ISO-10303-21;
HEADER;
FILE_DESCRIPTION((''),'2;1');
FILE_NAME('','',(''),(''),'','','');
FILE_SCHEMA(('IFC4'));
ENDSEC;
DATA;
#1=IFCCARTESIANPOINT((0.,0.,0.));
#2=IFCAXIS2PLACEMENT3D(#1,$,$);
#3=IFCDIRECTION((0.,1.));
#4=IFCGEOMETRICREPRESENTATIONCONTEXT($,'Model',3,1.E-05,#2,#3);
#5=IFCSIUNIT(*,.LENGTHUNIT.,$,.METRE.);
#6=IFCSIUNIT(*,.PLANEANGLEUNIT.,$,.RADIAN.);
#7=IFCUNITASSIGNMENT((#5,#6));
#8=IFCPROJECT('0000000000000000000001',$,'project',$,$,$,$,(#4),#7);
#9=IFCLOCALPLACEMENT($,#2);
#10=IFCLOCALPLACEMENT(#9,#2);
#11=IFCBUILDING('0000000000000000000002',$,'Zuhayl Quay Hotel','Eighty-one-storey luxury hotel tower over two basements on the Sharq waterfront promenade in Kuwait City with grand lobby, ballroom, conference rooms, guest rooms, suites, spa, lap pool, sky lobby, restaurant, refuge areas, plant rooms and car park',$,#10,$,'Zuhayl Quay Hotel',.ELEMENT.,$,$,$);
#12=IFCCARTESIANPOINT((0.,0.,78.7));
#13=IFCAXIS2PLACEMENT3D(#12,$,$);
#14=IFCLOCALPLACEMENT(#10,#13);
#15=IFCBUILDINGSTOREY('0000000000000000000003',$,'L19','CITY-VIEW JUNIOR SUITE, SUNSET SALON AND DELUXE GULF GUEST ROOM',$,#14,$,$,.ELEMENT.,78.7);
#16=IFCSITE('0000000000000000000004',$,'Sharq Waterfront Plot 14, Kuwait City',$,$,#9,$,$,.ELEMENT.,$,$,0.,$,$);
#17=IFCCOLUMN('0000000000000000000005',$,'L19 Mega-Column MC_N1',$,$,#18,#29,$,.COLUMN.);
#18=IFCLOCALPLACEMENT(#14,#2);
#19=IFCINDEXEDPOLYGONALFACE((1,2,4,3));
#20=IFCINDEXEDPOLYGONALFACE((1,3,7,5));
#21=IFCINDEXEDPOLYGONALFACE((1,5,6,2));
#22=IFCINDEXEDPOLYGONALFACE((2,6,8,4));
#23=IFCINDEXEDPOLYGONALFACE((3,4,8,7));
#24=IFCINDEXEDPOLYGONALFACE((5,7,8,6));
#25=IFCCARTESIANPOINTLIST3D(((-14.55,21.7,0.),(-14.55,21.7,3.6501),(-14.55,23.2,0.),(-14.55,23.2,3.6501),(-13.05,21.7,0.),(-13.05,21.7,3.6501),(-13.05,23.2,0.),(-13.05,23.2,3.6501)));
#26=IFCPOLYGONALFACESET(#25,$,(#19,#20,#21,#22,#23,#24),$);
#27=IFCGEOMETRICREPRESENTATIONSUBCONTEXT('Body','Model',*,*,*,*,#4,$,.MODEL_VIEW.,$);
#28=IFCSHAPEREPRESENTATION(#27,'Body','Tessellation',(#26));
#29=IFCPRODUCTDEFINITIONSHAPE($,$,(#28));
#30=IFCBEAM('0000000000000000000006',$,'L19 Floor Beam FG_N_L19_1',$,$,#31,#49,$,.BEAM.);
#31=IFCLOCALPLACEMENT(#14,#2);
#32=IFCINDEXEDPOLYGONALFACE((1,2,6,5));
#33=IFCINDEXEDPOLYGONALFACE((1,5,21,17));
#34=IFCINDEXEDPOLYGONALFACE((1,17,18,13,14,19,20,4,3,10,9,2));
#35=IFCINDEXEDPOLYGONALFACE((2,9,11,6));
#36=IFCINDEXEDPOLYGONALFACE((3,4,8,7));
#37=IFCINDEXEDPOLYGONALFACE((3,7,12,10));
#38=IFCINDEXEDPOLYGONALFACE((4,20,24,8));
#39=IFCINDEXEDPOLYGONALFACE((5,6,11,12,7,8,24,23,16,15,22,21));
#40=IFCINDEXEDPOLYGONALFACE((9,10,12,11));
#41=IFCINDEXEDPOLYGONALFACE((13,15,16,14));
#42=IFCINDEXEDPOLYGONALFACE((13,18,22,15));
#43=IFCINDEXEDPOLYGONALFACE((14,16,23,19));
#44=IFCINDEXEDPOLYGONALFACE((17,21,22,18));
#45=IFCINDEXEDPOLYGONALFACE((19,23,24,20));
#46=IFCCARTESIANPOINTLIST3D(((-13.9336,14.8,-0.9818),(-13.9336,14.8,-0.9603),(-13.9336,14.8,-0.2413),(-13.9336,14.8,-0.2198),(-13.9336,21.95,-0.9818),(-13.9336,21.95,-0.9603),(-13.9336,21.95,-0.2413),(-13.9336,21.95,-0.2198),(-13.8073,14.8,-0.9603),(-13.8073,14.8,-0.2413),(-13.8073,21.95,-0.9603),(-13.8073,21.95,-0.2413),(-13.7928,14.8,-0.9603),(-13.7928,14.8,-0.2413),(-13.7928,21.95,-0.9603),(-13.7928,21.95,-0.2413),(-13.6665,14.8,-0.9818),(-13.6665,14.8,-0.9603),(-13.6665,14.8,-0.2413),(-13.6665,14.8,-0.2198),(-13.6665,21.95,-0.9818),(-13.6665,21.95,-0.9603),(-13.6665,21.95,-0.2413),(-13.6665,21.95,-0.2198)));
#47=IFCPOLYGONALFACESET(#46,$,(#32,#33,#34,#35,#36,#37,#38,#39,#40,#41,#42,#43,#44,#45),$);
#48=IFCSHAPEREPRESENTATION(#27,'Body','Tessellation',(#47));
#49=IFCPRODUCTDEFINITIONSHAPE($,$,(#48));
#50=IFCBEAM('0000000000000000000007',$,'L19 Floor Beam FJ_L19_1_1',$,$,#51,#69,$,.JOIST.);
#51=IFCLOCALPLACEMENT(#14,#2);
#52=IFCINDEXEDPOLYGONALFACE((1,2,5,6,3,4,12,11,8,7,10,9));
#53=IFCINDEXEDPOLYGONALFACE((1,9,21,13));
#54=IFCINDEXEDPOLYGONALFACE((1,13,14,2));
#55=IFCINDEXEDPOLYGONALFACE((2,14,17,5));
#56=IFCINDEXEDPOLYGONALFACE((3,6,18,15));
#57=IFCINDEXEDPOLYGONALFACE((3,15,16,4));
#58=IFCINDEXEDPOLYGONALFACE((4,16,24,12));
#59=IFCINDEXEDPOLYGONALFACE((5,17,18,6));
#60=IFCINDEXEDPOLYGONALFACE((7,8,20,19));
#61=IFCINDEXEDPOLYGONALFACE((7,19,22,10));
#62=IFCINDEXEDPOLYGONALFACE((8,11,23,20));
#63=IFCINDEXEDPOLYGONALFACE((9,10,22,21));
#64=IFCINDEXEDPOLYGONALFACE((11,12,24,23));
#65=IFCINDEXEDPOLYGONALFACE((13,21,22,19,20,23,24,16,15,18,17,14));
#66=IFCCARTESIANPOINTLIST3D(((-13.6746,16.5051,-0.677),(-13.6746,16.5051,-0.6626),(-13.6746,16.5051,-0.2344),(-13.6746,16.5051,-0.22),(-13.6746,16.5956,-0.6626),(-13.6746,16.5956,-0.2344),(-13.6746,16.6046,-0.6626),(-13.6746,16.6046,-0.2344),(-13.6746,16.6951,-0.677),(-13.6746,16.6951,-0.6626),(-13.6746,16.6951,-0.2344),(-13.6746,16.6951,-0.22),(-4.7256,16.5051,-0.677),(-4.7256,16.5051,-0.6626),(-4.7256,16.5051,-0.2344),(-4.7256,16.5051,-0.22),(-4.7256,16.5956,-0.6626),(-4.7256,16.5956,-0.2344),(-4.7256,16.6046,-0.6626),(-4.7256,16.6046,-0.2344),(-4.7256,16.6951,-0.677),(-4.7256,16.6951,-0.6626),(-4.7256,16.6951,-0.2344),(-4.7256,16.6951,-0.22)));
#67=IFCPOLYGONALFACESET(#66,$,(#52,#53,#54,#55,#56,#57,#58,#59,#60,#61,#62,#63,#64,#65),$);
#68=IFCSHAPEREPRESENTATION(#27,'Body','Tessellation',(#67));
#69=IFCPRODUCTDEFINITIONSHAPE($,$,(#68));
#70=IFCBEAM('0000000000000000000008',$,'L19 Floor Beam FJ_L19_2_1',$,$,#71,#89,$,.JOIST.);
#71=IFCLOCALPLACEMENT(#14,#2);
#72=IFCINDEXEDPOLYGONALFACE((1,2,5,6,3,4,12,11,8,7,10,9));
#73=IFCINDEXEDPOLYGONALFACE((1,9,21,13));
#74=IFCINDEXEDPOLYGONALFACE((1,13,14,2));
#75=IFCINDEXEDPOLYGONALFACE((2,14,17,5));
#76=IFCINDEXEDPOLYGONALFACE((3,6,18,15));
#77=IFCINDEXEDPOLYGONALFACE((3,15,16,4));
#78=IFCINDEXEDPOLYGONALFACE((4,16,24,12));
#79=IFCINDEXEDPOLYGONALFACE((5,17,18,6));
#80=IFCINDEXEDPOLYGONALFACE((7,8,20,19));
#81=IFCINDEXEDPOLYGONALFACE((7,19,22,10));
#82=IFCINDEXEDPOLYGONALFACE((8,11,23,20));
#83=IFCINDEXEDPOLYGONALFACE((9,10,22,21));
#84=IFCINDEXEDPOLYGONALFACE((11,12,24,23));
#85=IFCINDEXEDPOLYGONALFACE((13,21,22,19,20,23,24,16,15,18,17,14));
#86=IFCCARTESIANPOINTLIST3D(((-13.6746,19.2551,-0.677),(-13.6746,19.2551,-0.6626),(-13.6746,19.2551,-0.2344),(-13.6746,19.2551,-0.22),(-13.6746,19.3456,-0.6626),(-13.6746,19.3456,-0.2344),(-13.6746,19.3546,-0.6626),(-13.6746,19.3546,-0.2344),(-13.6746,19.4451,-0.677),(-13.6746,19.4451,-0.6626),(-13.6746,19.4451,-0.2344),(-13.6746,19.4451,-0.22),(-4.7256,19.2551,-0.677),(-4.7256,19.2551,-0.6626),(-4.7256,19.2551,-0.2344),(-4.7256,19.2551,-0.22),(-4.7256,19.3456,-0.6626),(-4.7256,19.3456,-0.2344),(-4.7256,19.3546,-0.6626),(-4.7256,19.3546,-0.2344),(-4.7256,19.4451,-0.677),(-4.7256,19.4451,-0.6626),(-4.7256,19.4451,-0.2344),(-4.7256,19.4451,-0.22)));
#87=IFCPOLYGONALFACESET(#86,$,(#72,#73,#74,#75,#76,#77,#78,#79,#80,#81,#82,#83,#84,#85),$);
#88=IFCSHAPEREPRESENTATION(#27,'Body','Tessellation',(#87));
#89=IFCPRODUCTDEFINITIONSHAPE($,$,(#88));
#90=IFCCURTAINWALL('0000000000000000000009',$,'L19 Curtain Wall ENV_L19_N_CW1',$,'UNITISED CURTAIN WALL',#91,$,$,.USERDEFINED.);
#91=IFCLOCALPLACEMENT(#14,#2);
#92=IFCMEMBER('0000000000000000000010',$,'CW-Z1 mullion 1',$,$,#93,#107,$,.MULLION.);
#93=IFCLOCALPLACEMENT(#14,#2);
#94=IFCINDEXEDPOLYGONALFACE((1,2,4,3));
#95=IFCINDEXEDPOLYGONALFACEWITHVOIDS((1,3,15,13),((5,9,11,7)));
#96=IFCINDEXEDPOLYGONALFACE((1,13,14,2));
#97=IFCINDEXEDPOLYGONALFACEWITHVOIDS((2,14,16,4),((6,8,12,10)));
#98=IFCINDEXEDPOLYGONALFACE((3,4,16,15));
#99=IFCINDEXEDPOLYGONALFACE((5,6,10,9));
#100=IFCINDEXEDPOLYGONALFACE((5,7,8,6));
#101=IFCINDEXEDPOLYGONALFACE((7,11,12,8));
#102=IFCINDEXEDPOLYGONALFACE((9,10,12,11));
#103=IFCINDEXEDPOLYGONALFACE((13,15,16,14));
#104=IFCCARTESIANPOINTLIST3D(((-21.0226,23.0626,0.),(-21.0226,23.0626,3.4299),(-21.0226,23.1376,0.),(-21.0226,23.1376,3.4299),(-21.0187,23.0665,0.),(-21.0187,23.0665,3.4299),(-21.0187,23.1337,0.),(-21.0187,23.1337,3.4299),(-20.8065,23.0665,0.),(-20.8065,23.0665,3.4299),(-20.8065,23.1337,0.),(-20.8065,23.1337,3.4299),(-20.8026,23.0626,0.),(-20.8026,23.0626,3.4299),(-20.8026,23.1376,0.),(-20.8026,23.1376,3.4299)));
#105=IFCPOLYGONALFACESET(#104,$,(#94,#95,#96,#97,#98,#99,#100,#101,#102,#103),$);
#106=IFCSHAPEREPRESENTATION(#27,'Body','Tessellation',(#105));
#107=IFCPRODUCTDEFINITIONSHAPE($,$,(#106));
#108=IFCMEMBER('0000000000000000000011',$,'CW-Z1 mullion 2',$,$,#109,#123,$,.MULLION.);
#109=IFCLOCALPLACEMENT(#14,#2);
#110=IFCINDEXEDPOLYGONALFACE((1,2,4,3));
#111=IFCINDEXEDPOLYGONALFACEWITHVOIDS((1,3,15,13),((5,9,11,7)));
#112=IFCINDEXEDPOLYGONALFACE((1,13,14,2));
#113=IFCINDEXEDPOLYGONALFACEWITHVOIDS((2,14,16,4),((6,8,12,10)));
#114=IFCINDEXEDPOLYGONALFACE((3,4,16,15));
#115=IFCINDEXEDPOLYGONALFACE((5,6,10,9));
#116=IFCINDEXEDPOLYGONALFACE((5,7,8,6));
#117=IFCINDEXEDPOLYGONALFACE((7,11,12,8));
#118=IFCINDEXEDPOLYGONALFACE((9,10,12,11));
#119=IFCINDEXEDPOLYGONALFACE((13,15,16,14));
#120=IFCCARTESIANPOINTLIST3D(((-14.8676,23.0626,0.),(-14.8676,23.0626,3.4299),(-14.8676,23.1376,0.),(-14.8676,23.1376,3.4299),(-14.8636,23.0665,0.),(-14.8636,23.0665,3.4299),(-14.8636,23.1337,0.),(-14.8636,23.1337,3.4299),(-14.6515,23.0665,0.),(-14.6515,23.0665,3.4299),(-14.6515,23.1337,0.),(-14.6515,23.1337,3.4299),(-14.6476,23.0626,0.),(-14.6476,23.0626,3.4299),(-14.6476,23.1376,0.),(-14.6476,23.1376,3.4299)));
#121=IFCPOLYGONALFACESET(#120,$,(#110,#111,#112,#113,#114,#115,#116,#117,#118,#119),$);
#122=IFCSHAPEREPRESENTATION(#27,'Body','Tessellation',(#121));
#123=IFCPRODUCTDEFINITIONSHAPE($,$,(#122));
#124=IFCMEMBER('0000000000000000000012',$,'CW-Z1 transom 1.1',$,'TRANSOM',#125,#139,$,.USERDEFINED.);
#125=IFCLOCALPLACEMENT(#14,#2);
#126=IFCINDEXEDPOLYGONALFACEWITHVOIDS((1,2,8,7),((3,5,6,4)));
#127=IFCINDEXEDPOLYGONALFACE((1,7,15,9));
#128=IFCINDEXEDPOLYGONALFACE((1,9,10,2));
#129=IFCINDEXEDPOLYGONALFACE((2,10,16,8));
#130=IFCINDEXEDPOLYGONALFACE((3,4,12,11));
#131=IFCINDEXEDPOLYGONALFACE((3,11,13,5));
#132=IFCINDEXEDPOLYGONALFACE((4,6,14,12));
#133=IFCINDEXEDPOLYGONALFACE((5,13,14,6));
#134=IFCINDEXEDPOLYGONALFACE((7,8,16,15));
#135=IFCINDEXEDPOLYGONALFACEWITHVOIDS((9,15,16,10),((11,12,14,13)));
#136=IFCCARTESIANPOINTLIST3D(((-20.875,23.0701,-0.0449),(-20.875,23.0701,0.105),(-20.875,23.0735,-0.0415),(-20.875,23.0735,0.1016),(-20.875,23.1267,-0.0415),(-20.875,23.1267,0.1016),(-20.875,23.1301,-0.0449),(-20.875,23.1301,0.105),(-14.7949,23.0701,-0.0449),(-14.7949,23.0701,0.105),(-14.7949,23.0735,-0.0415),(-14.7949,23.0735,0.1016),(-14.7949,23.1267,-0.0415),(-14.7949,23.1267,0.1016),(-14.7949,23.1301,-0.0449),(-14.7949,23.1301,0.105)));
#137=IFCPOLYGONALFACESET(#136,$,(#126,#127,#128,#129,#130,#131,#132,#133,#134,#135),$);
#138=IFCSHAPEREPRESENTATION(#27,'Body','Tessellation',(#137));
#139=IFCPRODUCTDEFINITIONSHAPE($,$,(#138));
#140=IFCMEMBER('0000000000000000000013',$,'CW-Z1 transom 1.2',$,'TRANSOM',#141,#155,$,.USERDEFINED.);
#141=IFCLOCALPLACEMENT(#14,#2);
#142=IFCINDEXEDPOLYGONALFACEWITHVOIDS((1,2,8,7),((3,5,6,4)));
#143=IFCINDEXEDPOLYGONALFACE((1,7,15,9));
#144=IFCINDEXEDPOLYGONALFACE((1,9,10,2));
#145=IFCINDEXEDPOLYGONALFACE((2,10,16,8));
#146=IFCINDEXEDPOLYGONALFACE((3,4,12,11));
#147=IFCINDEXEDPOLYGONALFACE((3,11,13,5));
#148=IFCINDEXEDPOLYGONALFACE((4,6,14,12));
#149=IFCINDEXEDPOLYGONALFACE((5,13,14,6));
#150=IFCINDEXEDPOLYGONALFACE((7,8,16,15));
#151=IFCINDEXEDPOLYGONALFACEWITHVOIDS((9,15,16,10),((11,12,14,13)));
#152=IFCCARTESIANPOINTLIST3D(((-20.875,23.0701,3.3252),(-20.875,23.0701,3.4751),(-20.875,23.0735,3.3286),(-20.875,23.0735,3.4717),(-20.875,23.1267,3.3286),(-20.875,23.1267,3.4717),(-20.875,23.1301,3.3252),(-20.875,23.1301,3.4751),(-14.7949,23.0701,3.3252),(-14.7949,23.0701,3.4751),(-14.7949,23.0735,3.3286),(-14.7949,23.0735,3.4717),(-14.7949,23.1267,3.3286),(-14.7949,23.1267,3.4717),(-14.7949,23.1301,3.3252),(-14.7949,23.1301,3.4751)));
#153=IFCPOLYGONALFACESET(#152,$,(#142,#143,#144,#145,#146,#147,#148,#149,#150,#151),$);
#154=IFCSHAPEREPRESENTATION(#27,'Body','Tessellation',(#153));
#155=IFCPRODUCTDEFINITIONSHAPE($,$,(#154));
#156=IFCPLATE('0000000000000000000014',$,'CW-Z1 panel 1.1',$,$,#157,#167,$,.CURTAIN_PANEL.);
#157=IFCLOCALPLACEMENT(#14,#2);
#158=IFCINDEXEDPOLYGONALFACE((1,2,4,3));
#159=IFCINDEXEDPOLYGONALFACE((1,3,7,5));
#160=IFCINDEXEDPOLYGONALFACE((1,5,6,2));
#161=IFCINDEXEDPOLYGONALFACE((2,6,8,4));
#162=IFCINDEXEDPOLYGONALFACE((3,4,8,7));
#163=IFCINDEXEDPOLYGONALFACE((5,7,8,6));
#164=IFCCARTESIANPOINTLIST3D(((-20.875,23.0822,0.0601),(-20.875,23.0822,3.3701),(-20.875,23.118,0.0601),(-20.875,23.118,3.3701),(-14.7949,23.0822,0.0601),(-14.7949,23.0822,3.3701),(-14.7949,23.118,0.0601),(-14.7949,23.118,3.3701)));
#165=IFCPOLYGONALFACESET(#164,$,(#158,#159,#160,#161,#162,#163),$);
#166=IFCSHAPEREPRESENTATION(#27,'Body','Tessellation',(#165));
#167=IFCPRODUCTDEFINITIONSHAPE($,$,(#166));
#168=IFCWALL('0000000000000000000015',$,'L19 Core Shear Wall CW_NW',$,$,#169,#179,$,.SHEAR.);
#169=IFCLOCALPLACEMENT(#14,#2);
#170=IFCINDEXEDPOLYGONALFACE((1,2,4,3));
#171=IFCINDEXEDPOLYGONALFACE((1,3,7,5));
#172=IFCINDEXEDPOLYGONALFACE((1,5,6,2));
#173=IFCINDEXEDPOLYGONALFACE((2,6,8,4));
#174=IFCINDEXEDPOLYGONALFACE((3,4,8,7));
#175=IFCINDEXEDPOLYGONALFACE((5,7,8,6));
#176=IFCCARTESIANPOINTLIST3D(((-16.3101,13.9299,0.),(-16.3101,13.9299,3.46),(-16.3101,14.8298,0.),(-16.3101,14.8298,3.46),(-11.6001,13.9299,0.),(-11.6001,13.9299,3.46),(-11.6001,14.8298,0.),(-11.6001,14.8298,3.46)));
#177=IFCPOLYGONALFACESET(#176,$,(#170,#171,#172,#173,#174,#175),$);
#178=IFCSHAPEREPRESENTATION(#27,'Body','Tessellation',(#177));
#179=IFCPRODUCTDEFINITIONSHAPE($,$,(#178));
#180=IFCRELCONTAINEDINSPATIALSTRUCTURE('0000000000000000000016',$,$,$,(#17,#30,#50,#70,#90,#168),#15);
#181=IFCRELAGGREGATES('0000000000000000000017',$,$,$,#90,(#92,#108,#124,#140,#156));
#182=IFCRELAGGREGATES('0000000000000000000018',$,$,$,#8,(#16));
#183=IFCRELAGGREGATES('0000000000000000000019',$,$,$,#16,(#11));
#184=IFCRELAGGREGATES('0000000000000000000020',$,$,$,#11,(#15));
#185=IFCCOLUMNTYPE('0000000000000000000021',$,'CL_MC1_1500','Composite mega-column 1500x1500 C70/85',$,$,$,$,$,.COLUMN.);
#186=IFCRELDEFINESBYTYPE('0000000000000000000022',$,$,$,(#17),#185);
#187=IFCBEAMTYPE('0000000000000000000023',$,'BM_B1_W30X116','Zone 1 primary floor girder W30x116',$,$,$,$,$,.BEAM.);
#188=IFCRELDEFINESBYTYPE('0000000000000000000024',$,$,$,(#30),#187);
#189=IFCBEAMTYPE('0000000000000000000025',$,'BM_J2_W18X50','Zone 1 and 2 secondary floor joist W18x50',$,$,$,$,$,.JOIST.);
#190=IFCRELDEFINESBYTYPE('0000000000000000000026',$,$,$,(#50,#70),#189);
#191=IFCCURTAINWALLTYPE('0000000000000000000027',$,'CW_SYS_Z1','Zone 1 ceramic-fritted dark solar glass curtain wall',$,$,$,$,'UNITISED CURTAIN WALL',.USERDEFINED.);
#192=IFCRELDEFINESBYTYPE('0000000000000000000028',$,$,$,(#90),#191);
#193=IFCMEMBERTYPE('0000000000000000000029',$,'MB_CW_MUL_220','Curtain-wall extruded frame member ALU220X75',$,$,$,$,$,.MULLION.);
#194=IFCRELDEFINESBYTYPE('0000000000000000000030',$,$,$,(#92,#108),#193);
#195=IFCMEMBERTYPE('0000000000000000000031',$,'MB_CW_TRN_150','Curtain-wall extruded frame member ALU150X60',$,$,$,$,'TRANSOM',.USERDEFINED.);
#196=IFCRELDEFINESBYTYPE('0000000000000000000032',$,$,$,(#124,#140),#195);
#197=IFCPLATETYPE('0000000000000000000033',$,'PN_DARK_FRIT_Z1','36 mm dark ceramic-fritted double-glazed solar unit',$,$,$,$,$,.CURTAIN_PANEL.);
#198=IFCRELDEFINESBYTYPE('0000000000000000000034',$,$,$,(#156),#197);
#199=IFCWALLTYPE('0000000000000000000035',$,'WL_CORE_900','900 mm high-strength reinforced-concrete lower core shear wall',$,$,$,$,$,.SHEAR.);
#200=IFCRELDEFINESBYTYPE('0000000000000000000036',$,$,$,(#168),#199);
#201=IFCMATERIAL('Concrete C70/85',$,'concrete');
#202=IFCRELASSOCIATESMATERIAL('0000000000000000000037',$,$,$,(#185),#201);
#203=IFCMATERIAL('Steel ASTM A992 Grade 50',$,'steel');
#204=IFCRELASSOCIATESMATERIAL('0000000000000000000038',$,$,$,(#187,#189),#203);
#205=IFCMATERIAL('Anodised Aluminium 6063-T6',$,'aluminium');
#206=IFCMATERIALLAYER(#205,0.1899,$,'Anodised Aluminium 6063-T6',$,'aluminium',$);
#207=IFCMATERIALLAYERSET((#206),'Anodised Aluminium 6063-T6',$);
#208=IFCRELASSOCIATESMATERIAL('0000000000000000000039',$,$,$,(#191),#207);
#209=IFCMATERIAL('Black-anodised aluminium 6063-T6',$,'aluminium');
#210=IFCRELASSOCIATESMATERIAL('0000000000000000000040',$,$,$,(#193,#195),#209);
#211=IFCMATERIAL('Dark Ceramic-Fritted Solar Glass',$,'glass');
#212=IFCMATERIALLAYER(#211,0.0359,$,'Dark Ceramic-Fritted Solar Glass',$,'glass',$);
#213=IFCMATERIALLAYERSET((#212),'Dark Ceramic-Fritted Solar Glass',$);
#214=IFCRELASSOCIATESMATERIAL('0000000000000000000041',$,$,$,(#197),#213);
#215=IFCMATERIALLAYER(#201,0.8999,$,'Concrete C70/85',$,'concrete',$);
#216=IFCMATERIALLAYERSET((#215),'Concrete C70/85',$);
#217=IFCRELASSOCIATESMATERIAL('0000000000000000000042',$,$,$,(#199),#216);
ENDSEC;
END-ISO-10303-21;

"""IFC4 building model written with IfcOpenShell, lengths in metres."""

from ifc_helpers import new_model, si_unit, direction, frame, frame_2d, origin, origin_2d, place, context, subcontext, project, spatial, rectangle, hollow_rectangle, i_section, extrude, material, layer, layer_set, material_profile, profile_set, type_object, element, aggregate, save


model = new_model("IFC4")

# Units and contexts
model_context = context("Model", 3, precision=1e-05, world=origin(), true_north=direction((0.0, 1.0)))
body_context = subcontext(model_context, "Body", "Model", "MODEL_VIEW")
ifc_project = project(units=[si_unit("LENGTHUNIT", "METRE"), si_unit("PLANEANGLEUNIT", "RADIAN")], contexts=[model_context])

# Site, building, storey
site_placement = place(None, origin())
site = spatial("IfcSite", under=ifc_project, at=site_placement, Name="Sharq Waterfront Plot 14, Kuwait City", CompositionType="ELEMENT", RefElevation=0.0)
building_placement = place(site_placement, origin())
building = spatial("IfcBuilding", under=site, at=building_placement, Name="Zuhayl Quay Hotel", Description="Eighty-one-storey luxury hotel tower over two basements on the Sharq waterfront promenade in Kuwait City with grand lobby, ballroom, conference rooms, guest rooms, suites, spa, lap pool, sky lobby, restaurant, refuge areas, plant rooms and car park", LongName="Zuhayl Quay Hotel", CompositionType="ELEMENT")
storey_placement = place(building_placement, frame((0.0, 0.0, 78.7)))
storey = spatial("IfcBuildingStorey", under=building, at=storey_placement, Name="L19", Description="CITY-VIEW JUNIOR SUITE, SUNSET SALON AND DELUXE GULF GUEST ROOM", CompositionType="ELEMENT", Elevation=78.7)

# Column
ifc_material_1 = material(Name="Concrete C70/85", Category="concrete")
ifc_material_profile_1 = material_profile(ifc_material_1, rectangle(XDim=1.5, YDim=1.5, at=origin_2d()), Name="RC1500X1500")
ifc_profile_set_1 = profile_set([ifc_material_profile_1], Name="Concrete C70/85")
column_type = type_object("IfcColumnType", Name="CL_MC1_1500", Description="Composite mega-column 1500x1500 C70/85", PredefinedType="COLUMN", material=ifc_profile_set_1)
column_placement = place(storey_placement, frame((-13.8, 22.45, 0.0), z_axis=(0.0, 0.0, 1.0), x_axis=(1.0, 0.0, 0.0)))
element("IfcColumn", 1, at=column_placement, inside=storey, type_object=column_type, Name="L19 Mega-Column MC_N1", PredefinedType="COLUMN", context=body_context, shape_type="SweptSolid", body=[
    extrude(rectangle(XDim=1.5, YDim=1.5, at=origin_2d()), origin(), (0.0, 0.0, 1.0), 3.6501),
])

# Beams
ifc_material_2 = material(Name="Steel ASTM A992 Grade 50", Category="steel")
ifc_material_profile_2 = material_profile(ifc_material_2, i_section(OverallWidth=0.2671, OverallDepth=0.762, WebThickness=0.0144, FlangeThickness=0.0215, at=origin_2d()), Name="W30X116")
ifc_profile_set_2 = profile_set([ifc_material_profile_2], Name="Steel ASTM A992 Grade 50")
beam_type_1 = type_object("IfcBeamType", Name="BM_B1_W30X116", Description="Zone 1 primary floor girder W30x116", PredefinedType="BEAM", material=ifc_profile_set_2)
beam_placement = place(storey_placement, frame((-13.8, 14.8, -0.6008), z_axis=(0.0, 1.0, 0.0), x_axis=(-1.0, 0.0, 0.0)))
element("IfcBeam", 2, at=beam_placement, inside=storey, type_object=beam_type_1, Name="L19 Floor Beam FG_N_L19_1", PredefinedType="BEAM", context=body_context, shape_type="SweptSolid", body=[
    extrude(i_section(OverallWidth=0.2671, OverallDepth=0.762, WebThickness=0.0144, FlangeThickness=0.0215, at=origin_2d()), origin(), (0.0, 0.0, 1.0), 7.1499),
])
ifc_material_profile_3 = material_profile(ifc_material_2, i_section(OverallWidth=0.1899, OverallDepth=0.457, WebThickness=0.009, FlangeThickness=0.0144, at=origin_2d()), Name="W18X50")
ifc_profile_set_3 = profile_set([ifc_material_profile_3], Name="Steel ASTM A992 Grade 50")
beam_type_2 = type_object("IfcBeamType", Name="BM_J2_W18X50", Description="Zone 1 and 2 secondary floor joist W18x50", PredefinedType="JOIST", material=ifc_profile_set_3)
for number, where, z_axis, x_axis, name in (
    (3, (-13.6746, 16.6001, -0.4485), (1.0, 0.0, 0.0), (0.0, 1.0, 0.0), "L19 Floor Beam FJ_L19_1_1"),
    (4, (-13.6746, 19.3501, -0.4485), (1.0, 0.0, 0.0), (0.0, 1.0, 0.0), "L19 Floor Beam FJ_L19_2_1"),
):
    element("IfcBeam", number, at=place(storey_placement, frame(where, z_axis=z_axis, x_axis=x_axis)), inside=storey, type_object=beam_type_2, Name=name, PredefinedType="JOIST", context=body_context, shape_type="SweptSolid", body=[
        extrude(i_section(OverallWidth=0.1899, OverallDepth=0.457, WebThickness=0.009, FlangeThickness=0.0144, at=origin_2d()), origin(), (0.0, 0.0, 1.0), 8.949),
    ])

# Curtain wall, members, plate
ifc_material_3 = material(Name="Anodised Aluminium 6063-T6", Category="aluminium")
ifc_layer_1 = layer(ifc_material_3, 0.1899, Name="Anodised Aluminium 6063-T6", Category="aluminium")
ifc_layer_set_1 = layer_set([ifc_layer_1], Name="Anodised Aluminium 6063-T6")
curtain_wall_type = type_object("IfcCurtainWallType", Name="CW_SYS_Z1", Description="Zone 1 ceramic-fritted dark solar glass curtain wall", ElementType="UNITISED CURTAIN WALL", PredefinedType="USERDEFINED", material=ifc_layer_set_1)
curtain_wall_placement = place(storey_placement, origin())
curtain_wall = element("IfcCurtainWall", 5, at=curtain_wall_placement, inside=storey, type_object=curtain_wall_type, Name="L19 Curtain Wall ENV_L19_N_CW1", ObjectType="UNITISED CURTAIN WALL", PredefinedType="USERDEFINED")
ifc_material_4 = material(Name="Black-anodised aluminium 6063-T6", Category="aluminium")
ifc_material_profile_4 = material_profile(ifc_material_4, hollow_rectangle(XDim=0.075, YDim=0.22, WallThickness=0.0039, at=origin_2d()), Name="ALU220X75")
ifc_profile_set_4 = profile_set([ifc_material_profile_4], Name="Black-anodised aluminium 6063-T6")
member_type_1 = type_object("IfcMemberType", Name="MB_CW_MUL_220", Description="Curtain-wall extruded frame member ALU220X75", PredefinedType="MULLION", material=ifc_profile_set_4)
member_1_placement = place(storey_placement, frame((-20.9126, 23.1001, 0.0), z_axis=(0.0, 0.0, 1.0), x_axis=(0.0, 1.0, 0.0)))
member_1 = element("IfcMember", 6, at=member_1_placement, type_object=member_type_1, Name="CW-Z1 mullion 1", PredefinedType="MULLION", context=body_context, shape_type="SweptSolid", body=[
    extrude(hollow_rectangle(XDim=0.075, YDim=0.22, WallThickness=0.0039, at=origin_2d()), origin(), (0.0, 0.0, 1.0), 3.4299),
])
member_2_placement = place(storey_placement, frame((-14.7576, 23.1001, 0.0), z_axis=(0.0, 0.0, 1.0), x_axis=(0.0, 1.0, 0.0)))
member_2 = element("IfcMember", 7, at=member_2_placement, type_object=member_type_1, Name="CW-Z1 mullion 2", PredefinedType="MULLION", context=body_context, shape_type="SweptSolid", body=[
    extrude(hollow_rectangle(XDim=0.075, YDim=0.22, WallThickness=0.0039, at=origin_2d()), origin(), (0.0, 0.0, 1.0), 3.4299),
])
ifc_material_profile_5 = material_profile(ifc_material_4, hollow_rectangle(XDim=0.0601, YDim=0.1499, WallThickness=0.0034, at=origin_2d()), Name="ALU150X60")
ifc_profile_set_5 = profile_set([ifc_material_profile_5], Name="Black-anodised aluminium 6063-T6")
member_type_2 = type_object("IfcMemberType", Name="MB_CW_TRN_150", Description="Curtain-wall extruded frame member ALU150X60", ElementType="TRANSOM", PredefinedType="USERDEFINED", material=ifc_profile_set_5)
member_3_placement = place(storey_placement, frame((-20.875, 23.1001, 0.03), z_axis=(1.0, 0.0, 0.0), x_axis=(0.0, 1.0, 0.0)))
member_3 = element("IfcMember", 8, at=member_3_placement, type_object=member_type_2, Name="CW-Z1 transom 1.1", ObjectType="TRANSOM", PredefinedType="USERDEFINED", context=body_context, shape_type="SweptSolid", body=[
    extrude(hollow_rectangle(XDim=0.0601, YDim=0.1499, WallThickness=0.0034, at=origin_2d()), origin(), (0.0, 0.0, 1.0), 6.0801),
])
member_4_placement = place(storey_placement, frame((-20.875, 23.1001, 3.4001), z_axis=(1.0, 0.0, 0.0), x_axis=(0.0, 1.0, 0.0)))
member_4 = element("IfcMember", 9, at=member_4_placement, type_object=member_type_2, Name="CW-Z1 transom 1.2", ObjectType="TRANSOM", PredefinedType="USERDEFINED", context=body_context, shape_type="SweptSolid", body=[
    extrude(hollow_rectangle(XDim=0.0601, YDim=0.1499, WallThickness=0.0034, at=origin_2d()), origin(), (0.0, 0.0, 1.0), 6.0801),
])
ifc_material_5 = material(Name="Dark Ceramic-Fritted Solar Glass", Category="glass")
ifc_layer_2 = layer(ifc_material_5, 0.0359, Name="Dark Ceramic-Fritted Solar Glass", Category="glass")
ifc_layer_set_2 = layer_set([ifc_layer_2], Name="Dark Ceramic-Fritted Solar Glass")
plate_type = type_object("IfcPlateType", Name="PN_DARK_FRIT_Z1", Description="36 mm dark ceramic-fritted double-glazed solar unit", PredefinedType="CURTAIN_PANEL", material=ifc_layer_set_2)
plate_placement = place(storey_placement, frame((-17.835, 23.1001, 0.0601), z_axis=(0.0, 0.0, 1.0), x_axis=(1.0, 0.0, 0.0)))
plate = element("IfcPlate", 10, at=plate_placement, type_object=plate_type, Name="CW-Z1 panel 1.1", PredefinedType="CURTAIN_PANEL", context=body_context, shape_type="SweptSolid", body=[
    extrude(rectangle(XDim=6.0801, YDim=0.0359, at=origin_2d()), origin(), (0.0, 0.0, 1.0), 3.3101),
])
aggregate(curtain_wall, [member_1, member_2, member_3, member_4, plate])

# Wall
ifc_layer_3 = layer(ifc_material_1, 0.8999, Name="Concrete C70/85", Category="concrete")
ifc_layer_set_3 = layer_set([ifc_layer_3], Name="Concrete C70/85")
wall_type_1 = type_object("IfcWallType", Name="WL_CORE_900", Description="900 mm high-strength reinforced-concrete lower core shear wall", PredefinedType="SHEAR", material=ifc_layer_set_3)
wall_1_placement = place(storey_placement, frame((-16.3101, 14.3799, 0.0), z_axis=(0.0, 0.0, 1.0), x_axis=(1.0, 0.0, 0.0)))
element("IfcWall", 11, at=wall_1_placement, inside=storey, type_object=wall_type_1, Name="L19 Core Shear Wall CW_NW", PredefinedType="SHEAR", context=body_context, shape_type="SweptSolid", body=[
    extrude(rectangle(XDim=4.71, YDim=0.8999, at=frame_2d((2.355, 0.0))), origin(), (0.0, 0.0, 1.0), 3.46),
])

save(model, "model.ifc")
